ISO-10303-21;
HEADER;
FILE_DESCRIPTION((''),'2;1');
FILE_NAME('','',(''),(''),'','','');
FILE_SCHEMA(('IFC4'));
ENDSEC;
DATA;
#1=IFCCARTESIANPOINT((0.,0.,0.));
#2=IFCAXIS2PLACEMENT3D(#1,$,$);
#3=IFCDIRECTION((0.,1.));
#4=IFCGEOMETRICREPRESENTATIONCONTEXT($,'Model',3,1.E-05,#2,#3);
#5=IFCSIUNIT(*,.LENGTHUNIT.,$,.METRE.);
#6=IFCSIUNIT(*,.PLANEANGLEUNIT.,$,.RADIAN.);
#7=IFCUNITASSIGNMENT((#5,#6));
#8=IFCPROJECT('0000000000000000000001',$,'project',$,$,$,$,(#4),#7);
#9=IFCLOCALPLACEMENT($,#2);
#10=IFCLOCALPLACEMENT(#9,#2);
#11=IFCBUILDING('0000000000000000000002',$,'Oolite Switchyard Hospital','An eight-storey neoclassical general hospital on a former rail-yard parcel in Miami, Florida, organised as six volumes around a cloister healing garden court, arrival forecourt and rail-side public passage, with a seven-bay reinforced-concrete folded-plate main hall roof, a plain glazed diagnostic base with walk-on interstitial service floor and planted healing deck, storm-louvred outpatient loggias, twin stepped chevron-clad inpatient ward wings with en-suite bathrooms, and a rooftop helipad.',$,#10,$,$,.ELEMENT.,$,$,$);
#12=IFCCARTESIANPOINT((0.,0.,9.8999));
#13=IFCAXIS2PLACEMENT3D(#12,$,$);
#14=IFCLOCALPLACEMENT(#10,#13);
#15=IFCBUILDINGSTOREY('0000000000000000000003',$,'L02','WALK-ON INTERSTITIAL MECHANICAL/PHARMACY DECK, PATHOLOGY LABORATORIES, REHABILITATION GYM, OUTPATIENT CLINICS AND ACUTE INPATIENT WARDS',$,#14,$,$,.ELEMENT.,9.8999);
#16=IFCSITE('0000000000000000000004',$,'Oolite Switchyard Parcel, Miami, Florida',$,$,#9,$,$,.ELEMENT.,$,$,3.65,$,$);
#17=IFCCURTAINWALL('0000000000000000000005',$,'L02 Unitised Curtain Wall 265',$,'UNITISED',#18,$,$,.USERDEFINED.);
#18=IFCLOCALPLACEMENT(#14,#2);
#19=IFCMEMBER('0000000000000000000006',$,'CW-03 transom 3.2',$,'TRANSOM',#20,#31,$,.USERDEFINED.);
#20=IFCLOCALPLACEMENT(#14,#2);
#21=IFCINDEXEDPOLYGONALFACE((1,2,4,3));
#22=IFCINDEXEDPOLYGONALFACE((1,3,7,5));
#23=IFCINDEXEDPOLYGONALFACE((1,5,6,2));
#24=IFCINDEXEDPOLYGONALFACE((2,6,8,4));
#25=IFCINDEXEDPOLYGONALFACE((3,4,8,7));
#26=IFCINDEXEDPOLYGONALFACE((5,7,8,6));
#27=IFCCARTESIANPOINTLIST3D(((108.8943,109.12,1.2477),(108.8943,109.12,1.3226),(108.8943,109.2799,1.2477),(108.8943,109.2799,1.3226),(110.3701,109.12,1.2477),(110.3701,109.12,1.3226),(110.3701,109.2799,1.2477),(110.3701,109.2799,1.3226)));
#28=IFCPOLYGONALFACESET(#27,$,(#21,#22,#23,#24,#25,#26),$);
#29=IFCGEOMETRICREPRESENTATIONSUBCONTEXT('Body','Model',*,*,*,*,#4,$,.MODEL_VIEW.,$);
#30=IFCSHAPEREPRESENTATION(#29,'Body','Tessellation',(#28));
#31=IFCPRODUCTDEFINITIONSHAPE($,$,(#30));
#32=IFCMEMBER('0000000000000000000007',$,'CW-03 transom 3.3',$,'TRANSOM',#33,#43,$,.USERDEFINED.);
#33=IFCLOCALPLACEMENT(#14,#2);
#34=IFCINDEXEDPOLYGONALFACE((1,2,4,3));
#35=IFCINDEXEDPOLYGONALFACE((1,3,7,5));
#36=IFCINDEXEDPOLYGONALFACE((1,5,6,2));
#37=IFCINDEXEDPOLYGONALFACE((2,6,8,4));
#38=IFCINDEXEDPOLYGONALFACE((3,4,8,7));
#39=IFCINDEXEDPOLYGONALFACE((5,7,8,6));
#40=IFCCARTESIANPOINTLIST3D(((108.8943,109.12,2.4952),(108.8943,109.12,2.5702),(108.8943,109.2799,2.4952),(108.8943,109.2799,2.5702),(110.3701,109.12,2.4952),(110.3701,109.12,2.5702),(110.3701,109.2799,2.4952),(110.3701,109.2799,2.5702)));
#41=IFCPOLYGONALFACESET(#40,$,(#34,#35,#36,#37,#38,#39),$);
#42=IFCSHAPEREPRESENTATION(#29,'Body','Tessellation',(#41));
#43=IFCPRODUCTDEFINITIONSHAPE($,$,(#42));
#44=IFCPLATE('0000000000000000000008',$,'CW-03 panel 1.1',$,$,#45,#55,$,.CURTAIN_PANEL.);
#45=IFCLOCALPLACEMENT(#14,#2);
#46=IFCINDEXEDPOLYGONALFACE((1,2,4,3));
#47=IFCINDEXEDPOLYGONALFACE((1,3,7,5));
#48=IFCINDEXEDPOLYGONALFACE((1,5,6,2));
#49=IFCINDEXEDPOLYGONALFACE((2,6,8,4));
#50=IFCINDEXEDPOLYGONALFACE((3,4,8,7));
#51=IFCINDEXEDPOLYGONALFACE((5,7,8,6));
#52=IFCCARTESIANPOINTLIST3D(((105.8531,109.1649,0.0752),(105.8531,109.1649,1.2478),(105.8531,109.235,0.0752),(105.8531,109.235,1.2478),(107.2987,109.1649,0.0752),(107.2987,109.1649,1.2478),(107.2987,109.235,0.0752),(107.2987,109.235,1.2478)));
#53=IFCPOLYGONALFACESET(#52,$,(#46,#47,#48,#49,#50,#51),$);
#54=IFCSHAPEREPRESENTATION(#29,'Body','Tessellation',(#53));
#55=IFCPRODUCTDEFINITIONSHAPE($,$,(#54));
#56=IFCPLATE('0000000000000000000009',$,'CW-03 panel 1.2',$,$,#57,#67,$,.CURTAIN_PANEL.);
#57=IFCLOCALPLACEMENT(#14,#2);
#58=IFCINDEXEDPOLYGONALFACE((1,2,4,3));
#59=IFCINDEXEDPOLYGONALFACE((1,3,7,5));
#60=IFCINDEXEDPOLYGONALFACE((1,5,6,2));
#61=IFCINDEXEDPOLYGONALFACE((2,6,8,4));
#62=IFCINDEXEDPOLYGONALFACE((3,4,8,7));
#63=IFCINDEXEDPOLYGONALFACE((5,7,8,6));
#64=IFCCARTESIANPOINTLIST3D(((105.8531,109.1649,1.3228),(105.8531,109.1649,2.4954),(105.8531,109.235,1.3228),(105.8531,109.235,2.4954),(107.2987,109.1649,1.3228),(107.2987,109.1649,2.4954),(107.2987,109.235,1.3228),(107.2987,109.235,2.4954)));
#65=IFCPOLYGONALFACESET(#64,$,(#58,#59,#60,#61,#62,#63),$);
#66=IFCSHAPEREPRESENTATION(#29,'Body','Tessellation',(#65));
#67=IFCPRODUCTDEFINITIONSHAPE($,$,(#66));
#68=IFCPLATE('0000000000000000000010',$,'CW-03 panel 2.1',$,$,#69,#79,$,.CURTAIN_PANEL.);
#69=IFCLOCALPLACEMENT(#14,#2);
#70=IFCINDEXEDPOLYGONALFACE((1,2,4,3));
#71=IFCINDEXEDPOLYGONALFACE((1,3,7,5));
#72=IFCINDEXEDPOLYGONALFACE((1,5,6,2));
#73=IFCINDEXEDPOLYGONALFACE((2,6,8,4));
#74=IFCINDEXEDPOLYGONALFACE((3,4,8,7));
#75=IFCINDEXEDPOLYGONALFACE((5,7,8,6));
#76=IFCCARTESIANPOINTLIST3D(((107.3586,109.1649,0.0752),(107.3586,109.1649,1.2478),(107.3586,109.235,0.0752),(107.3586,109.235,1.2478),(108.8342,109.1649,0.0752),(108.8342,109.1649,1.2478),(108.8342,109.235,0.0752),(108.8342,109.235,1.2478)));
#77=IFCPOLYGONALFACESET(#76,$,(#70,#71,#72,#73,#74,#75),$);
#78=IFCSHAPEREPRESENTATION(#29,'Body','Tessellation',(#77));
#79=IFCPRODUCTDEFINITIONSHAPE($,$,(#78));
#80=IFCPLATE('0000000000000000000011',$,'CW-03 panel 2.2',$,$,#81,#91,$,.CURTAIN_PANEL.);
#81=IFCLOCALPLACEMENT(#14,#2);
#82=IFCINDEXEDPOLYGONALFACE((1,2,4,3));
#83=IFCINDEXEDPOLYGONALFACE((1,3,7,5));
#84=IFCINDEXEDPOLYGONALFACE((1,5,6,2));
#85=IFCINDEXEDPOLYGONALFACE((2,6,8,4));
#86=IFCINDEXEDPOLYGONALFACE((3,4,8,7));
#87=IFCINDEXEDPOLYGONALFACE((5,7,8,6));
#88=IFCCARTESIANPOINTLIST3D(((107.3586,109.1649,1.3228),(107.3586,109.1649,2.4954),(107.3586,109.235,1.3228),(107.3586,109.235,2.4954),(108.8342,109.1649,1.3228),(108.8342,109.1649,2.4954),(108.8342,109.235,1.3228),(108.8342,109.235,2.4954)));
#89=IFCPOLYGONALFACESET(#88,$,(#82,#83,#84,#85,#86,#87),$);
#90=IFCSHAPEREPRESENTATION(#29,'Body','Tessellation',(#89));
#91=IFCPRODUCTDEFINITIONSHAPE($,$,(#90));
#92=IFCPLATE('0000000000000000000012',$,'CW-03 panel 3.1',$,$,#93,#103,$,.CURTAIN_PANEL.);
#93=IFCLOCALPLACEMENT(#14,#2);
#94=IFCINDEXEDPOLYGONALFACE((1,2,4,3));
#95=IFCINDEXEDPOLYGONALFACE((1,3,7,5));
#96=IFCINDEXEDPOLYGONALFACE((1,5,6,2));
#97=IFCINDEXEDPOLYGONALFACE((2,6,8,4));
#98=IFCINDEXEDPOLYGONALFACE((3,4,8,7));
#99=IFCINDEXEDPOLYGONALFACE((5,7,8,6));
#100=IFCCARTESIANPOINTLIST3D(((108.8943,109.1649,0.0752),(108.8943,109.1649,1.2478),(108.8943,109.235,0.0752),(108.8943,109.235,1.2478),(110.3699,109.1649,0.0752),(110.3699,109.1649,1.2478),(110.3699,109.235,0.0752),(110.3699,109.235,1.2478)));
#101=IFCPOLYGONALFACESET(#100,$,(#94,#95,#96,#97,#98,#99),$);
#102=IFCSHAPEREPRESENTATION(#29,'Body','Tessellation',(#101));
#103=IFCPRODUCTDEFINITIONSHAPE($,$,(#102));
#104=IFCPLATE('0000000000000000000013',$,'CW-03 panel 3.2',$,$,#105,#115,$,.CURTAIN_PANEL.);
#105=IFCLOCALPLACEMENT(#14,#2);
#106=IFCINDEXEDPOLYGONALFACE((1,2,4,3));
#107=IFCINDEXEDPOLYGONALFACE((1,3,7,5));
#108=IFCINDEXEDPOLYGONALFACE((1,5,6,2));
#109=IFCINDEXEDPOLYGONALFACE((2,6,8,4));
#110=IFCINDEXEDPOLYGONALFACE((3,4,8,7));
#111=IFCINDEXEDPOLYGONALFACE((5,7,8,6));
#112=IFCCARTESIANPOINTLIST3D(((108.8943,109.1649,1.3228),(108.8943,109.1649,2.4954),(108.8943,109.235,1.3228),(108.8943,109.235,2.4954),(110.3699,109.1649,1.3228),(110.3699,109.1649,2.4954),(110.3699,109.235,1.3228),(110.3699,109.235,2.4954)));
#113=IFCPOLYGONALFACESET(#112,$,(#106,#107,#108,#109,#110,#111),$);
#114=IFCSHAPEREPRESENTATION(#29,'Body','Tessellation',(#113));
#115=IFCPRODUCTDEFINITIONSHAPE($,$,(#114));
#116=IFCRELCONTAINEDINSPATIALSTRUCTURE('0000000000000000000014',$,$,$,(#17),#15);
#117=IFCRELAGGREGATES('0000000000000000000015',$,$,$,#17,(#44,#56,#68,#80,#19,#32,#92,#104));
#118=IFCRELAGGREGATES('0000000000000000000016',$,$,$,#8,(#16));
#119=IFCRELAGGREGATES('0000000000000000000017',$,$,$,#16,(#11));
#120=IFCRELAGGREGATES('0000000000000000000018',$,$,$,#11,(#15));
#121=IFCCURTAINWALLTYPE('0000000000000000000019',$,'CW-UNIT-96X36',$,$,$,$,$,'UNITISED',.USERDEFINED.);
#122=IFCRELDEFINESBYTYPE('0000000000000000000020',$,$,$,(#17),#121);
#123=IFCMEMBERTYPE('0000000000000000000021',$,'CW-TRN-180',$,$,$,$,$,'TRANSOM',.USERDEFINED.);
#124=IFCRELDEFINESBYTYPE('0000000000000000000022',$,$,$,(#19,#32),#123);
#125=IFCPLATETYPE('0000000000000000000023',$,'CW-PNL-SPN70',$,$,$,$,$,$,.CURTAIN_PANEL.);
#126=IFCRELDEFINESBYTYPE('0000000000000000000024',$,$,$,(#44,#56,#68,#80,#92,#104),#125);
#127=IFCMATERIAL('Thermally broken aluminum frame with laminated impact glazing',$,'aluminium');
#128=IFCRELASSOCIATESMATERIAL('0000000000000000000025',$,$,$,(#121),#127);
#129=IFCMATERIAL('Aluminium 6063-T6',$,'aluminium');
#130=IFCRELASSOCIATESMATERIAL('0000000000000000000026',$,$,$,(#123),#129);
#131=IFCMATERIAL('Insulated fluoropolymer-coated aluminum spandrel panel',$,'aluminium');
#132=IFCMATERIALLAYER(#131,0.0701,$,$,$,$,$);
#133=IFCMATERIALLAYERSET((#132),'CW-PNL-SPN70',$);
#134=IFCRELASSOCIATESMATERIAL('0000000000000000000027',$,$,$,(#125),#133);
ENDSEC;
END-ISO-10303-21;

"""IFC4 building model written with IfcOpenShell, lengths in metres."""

from ifc_helpers import new_model, si_unit, direction, frame, origin, origin_2d, place, context, subcontext, project, spatial, rectangle, extrude, material, layer, layer_set, material_profile, profile_set, type_object, element, aggregate, save


model = new_model("IFC4")

# Units and contexts
model_context = context("Model", 3, precision=1e-05, world=origin(), true_north=direction((0.0, 1.0)))
body_context = subcontext(model_context, "Body", "Model", "MODEL_VIEW")
ifc_project = project(units=[si_unit("LENGTHUNIT", "METRE"), si_unit("PLANEANGLEUNIT", "RADIAN")], contexts=[model_context])

# Site, building, storey
site_placement = place(None, origin())
site = spatial("IfcSite", under=ifc_project, at=site_placement, Name="Oolite Switchyard Parcel, Miami, Florida", CompositionType="ELEMENT", RefElevation=3.65)
building_placement = place(site_placement, origin())
building = spatial("IfcBuilding", under=site, at=building_placement, Name="Oolite Switchyard Hospital", Description="An eight-storey neoclassical general hospital on a former rail-yard parcel in Miami, Florida, organised as six volumes around a cloister healing garden court, arrival forecourt and rail-side public passage, with a seven-bay reinforced-concrete folded-plate main hall roof, a plain glazed diagnostic base with walk-on interstitial service floor and planted healing deck, storm-louvred outpatient loggias, twin stepped chevron-clad inpatient ward wings with en-suite bathrooms, and a rooftop helipad.", CompositionType="ELEMENT")
storey_placement = place(building_placement, frame((0.0, 0.0, 9.8999)))
storey = spatial("IfcBuildingStorey", under=building, at=storey_placement, Name="L02", Description="WALK-ON INTERSTITIAL MECHANICAL/PHARMACY DECK, PATHOLOGY LABORATORIES, REHABILITATION GYM, OUTPATIENT CLINICS AND ACUTE INPATIENT WARDS", CompositionType="ELEMENT", Elevation=9.8999)

# Curtain wall
ifc_material_1 = material(Name="Thermally broken aluminum frame with laminated impact glazing", Category="aluminium")
curtain_wall_type = type_object("IfcCurtainWallType", Name="CW-UNIT-96X36", ElementType="UNITISED", PredefinedType="USERDEFINED", material=ifc_material_1)
curtain_wall_1_placement = place(storey_placement, origin())
curtain_wall_1 = element("IfcCurtainWall", 1, at=curtain_wall_1_placement, inside=storey, type_object=curtain_wall_type, Name="L02 Unitised Curtain Wall 265", ObjectType="UNITISED", PredefinedType="USERDEFINED")
ifc_material_2 = material(Name="Aluminium 6063-T6", Category="aluminium")

# Members
ifc_material_profile_1 = material_profile(ifc_material_2, rectangle(XDim=0.1599, YDim=0.075, at=origin_2d()), Name="CWT75X160")
ifc_profile_set_1 = profile_set([ifc_material_profile_1], Name="Aluminium 6063-T6")
member_type_1 = type_object("IfcMemberType", Name="CW-TRN-180", ElementType="TRANSOM", PredefinedType="USERDEFINED", material=ifc_profile_set_1)
member_1_placement = place(storey_placement, frame((108.8943, 109.2, 1.2852), z_axis=(1.0, 0.0, 0.0), x_axis=(0.0, 1.0, 0.0)))
member_1 = element("IfcMember", 2, at=member_1_placement, type_object=member_type_1, Name="CW-03 transom 3.2", ObjectType="TRANSOM", PredefinedType="USERDEFINED", context=body_context, shape_type="SweptSolid", body=[
    extrude(rectangle(XDim=0.1599, YDim=0.075, at=origin_2d()), origin(), (0.0, 0.0, 1.0), 1.4758),
])
member_2_placement = place(storey_placement, frame((108.8943, 109.2, 2.5327), z_axis=(1.0, 0.0, 0.0), x_axis=(0.0, 1.0, 0.0)))
member_2 = element("IfcMember", 3, at=member_2_placement, type_object=member_type_1, Name="CW-03 transom 3.3", ObjectType="TRANSOM", PredefinedType="USERDEFINED", context=body_context, shape_type="SweptSolid", body=[
    extrude(rectangle(XDim=0.1599, YDim=0.075, at=origin_2d()), origin(), (0.0, 0.0, 1.0), 1.4758),
])

# Plates
ifc_material_3 = material(Name="Insulated fluoropolymer-coated aluminum spandrel panel", Category="aluminium")
ifc_layer = layer(ifc_material_3, 0.0701)
ifc_layer_set = layer_set([ifc_layer], Name="CW-PNL-SPN70")
plate_type = type_object("IfcPlateType", Name="CW-PNL-SPN70", PredefinedType="CURTAIN_PANEL", material=ifc_layer_set)
plate_1_placement = place(storey_placement, frame((106.5759, 109.2, 0.0752), z_axis=(0.0, 0.0, 1.0), x_axis=(1.0, 0.0, 0.0)))
plate_1 = element("IfcPlate", 4, at=plate_1_placement, type_object=plate_type, Name="CW-03 panel 1.1", PredefinedType="CURTAIN_PANEL", context=body_context, shape_type="SweptSolid", body=[
    extrude(rectangle(XDim=1.4456, YDim=0.0701, at=origin_2d()), origin(), (0.0, 0.0, 1.0), 1.1726),
])
plate_2_placement = place(storey_placement, frame((106.5759, 109.2, 1.3228), z_axis=(0.0, 0.0, 1.0), x_axis=(1.0, 0.0, 0.0)))
plate_2 = element("IfcPlate", 5, at=plate_2_placement, type_object=plate_type, Name="CW-03 panel 1.2", PredefinedType="CURTAIN_PANEL", context=body_context, shape_type="SweptSolid", body=[
    extrude(rectangle(XDim=1.4456, YDim=0.0701, at=origin_2d()), origin(), (0.0, 0.0, 1.0), 1.1726),
])
plate_3_placement = place(storey_placement, frame((108.0964, 109.2, 0.0752), z_axis=(0.0, 0.0, 1.0), x_axis=(1.0, 0.0, 0.0)))
plate_3 = element("IfcPlate", 6, at=plate_3_placement, type_object=plate_type, Name="CW-03 panel 2.1", PredefinedType="CURTAIN_PANEL", context=body_context, shape_type="SweptSolid", body=[
    extrude(rectangle(XDim=1.4756, YDim=0.0701, at=origin_2d()), origin(), (0.0, 0.0, 1.0), 1.1726),
])
plate_4_placement = place(storey_placement, frame((108.0964, 109.2, 1.3228), z_axis=(0.0, 0.0, 1.0), x_axis=(1.0, 0.0, 0.0)))
plate_4 = element("IfcPlate", 7, at=plate_4_placement, type_object=plate_type, Name="CW-03 panel 2.2", PredefinedType="CURTAIN_PANEL", context=body_context, shape_type="SweptSolid", body=[
    extrude(rectangle(XDim=1.4756, YDim=0.0701, at=origin_2d()), origin(), (0.0, 0.0, 1.0), 1.1726),
])
plate_5_placement = place(storey_placement, frame((109.6321, 109.2, 0.0752), z_axis=(0.0, 0.0, 1.0), x_axis=(1.0, 0.0, 0.0)))
plate_5 = element("IfcPlate", 8, at=plate_5_placement, type_object=plate_type, Name="CW-03 panel 3.1", PredefinedType="CURTAIN_PANEL", context=body_context, shape_type="SweptSolid", body=[
    extrude(rectangle(XDim=1.4756, YDim=0.0701, at=origin_2d()), origin(), (0.0, 0.0, 1.0), 1.1726),
])
plate_6_placement = place(storey_placement, frame((109.6321, 109.2, 1.3228), z_axis=(0.0, 0.0, 1.0), x_axis=(1.0, 0.0, 0.0)))
plate_6 = element("IfcPlate", 9, at=plate_6_placement, type_object=plate_type, Name="CW-03 panel 3.2", PredefinedType="CURTAIN_PANEL", context=body_context, shape_type="SweptSolid", body=[
    extrude(rectangle(XDim=1.4756, YDim=0.0701, at=origin_2d()), origin(), (0.0, 0.0, 1.0), 1.1726),
])
aggregate(curtain_wall_1, [plate_1, plate_2, plate_3, plate_4, member_1, member_2, plate_5, plate_6])

save(model, "model.ifc")
